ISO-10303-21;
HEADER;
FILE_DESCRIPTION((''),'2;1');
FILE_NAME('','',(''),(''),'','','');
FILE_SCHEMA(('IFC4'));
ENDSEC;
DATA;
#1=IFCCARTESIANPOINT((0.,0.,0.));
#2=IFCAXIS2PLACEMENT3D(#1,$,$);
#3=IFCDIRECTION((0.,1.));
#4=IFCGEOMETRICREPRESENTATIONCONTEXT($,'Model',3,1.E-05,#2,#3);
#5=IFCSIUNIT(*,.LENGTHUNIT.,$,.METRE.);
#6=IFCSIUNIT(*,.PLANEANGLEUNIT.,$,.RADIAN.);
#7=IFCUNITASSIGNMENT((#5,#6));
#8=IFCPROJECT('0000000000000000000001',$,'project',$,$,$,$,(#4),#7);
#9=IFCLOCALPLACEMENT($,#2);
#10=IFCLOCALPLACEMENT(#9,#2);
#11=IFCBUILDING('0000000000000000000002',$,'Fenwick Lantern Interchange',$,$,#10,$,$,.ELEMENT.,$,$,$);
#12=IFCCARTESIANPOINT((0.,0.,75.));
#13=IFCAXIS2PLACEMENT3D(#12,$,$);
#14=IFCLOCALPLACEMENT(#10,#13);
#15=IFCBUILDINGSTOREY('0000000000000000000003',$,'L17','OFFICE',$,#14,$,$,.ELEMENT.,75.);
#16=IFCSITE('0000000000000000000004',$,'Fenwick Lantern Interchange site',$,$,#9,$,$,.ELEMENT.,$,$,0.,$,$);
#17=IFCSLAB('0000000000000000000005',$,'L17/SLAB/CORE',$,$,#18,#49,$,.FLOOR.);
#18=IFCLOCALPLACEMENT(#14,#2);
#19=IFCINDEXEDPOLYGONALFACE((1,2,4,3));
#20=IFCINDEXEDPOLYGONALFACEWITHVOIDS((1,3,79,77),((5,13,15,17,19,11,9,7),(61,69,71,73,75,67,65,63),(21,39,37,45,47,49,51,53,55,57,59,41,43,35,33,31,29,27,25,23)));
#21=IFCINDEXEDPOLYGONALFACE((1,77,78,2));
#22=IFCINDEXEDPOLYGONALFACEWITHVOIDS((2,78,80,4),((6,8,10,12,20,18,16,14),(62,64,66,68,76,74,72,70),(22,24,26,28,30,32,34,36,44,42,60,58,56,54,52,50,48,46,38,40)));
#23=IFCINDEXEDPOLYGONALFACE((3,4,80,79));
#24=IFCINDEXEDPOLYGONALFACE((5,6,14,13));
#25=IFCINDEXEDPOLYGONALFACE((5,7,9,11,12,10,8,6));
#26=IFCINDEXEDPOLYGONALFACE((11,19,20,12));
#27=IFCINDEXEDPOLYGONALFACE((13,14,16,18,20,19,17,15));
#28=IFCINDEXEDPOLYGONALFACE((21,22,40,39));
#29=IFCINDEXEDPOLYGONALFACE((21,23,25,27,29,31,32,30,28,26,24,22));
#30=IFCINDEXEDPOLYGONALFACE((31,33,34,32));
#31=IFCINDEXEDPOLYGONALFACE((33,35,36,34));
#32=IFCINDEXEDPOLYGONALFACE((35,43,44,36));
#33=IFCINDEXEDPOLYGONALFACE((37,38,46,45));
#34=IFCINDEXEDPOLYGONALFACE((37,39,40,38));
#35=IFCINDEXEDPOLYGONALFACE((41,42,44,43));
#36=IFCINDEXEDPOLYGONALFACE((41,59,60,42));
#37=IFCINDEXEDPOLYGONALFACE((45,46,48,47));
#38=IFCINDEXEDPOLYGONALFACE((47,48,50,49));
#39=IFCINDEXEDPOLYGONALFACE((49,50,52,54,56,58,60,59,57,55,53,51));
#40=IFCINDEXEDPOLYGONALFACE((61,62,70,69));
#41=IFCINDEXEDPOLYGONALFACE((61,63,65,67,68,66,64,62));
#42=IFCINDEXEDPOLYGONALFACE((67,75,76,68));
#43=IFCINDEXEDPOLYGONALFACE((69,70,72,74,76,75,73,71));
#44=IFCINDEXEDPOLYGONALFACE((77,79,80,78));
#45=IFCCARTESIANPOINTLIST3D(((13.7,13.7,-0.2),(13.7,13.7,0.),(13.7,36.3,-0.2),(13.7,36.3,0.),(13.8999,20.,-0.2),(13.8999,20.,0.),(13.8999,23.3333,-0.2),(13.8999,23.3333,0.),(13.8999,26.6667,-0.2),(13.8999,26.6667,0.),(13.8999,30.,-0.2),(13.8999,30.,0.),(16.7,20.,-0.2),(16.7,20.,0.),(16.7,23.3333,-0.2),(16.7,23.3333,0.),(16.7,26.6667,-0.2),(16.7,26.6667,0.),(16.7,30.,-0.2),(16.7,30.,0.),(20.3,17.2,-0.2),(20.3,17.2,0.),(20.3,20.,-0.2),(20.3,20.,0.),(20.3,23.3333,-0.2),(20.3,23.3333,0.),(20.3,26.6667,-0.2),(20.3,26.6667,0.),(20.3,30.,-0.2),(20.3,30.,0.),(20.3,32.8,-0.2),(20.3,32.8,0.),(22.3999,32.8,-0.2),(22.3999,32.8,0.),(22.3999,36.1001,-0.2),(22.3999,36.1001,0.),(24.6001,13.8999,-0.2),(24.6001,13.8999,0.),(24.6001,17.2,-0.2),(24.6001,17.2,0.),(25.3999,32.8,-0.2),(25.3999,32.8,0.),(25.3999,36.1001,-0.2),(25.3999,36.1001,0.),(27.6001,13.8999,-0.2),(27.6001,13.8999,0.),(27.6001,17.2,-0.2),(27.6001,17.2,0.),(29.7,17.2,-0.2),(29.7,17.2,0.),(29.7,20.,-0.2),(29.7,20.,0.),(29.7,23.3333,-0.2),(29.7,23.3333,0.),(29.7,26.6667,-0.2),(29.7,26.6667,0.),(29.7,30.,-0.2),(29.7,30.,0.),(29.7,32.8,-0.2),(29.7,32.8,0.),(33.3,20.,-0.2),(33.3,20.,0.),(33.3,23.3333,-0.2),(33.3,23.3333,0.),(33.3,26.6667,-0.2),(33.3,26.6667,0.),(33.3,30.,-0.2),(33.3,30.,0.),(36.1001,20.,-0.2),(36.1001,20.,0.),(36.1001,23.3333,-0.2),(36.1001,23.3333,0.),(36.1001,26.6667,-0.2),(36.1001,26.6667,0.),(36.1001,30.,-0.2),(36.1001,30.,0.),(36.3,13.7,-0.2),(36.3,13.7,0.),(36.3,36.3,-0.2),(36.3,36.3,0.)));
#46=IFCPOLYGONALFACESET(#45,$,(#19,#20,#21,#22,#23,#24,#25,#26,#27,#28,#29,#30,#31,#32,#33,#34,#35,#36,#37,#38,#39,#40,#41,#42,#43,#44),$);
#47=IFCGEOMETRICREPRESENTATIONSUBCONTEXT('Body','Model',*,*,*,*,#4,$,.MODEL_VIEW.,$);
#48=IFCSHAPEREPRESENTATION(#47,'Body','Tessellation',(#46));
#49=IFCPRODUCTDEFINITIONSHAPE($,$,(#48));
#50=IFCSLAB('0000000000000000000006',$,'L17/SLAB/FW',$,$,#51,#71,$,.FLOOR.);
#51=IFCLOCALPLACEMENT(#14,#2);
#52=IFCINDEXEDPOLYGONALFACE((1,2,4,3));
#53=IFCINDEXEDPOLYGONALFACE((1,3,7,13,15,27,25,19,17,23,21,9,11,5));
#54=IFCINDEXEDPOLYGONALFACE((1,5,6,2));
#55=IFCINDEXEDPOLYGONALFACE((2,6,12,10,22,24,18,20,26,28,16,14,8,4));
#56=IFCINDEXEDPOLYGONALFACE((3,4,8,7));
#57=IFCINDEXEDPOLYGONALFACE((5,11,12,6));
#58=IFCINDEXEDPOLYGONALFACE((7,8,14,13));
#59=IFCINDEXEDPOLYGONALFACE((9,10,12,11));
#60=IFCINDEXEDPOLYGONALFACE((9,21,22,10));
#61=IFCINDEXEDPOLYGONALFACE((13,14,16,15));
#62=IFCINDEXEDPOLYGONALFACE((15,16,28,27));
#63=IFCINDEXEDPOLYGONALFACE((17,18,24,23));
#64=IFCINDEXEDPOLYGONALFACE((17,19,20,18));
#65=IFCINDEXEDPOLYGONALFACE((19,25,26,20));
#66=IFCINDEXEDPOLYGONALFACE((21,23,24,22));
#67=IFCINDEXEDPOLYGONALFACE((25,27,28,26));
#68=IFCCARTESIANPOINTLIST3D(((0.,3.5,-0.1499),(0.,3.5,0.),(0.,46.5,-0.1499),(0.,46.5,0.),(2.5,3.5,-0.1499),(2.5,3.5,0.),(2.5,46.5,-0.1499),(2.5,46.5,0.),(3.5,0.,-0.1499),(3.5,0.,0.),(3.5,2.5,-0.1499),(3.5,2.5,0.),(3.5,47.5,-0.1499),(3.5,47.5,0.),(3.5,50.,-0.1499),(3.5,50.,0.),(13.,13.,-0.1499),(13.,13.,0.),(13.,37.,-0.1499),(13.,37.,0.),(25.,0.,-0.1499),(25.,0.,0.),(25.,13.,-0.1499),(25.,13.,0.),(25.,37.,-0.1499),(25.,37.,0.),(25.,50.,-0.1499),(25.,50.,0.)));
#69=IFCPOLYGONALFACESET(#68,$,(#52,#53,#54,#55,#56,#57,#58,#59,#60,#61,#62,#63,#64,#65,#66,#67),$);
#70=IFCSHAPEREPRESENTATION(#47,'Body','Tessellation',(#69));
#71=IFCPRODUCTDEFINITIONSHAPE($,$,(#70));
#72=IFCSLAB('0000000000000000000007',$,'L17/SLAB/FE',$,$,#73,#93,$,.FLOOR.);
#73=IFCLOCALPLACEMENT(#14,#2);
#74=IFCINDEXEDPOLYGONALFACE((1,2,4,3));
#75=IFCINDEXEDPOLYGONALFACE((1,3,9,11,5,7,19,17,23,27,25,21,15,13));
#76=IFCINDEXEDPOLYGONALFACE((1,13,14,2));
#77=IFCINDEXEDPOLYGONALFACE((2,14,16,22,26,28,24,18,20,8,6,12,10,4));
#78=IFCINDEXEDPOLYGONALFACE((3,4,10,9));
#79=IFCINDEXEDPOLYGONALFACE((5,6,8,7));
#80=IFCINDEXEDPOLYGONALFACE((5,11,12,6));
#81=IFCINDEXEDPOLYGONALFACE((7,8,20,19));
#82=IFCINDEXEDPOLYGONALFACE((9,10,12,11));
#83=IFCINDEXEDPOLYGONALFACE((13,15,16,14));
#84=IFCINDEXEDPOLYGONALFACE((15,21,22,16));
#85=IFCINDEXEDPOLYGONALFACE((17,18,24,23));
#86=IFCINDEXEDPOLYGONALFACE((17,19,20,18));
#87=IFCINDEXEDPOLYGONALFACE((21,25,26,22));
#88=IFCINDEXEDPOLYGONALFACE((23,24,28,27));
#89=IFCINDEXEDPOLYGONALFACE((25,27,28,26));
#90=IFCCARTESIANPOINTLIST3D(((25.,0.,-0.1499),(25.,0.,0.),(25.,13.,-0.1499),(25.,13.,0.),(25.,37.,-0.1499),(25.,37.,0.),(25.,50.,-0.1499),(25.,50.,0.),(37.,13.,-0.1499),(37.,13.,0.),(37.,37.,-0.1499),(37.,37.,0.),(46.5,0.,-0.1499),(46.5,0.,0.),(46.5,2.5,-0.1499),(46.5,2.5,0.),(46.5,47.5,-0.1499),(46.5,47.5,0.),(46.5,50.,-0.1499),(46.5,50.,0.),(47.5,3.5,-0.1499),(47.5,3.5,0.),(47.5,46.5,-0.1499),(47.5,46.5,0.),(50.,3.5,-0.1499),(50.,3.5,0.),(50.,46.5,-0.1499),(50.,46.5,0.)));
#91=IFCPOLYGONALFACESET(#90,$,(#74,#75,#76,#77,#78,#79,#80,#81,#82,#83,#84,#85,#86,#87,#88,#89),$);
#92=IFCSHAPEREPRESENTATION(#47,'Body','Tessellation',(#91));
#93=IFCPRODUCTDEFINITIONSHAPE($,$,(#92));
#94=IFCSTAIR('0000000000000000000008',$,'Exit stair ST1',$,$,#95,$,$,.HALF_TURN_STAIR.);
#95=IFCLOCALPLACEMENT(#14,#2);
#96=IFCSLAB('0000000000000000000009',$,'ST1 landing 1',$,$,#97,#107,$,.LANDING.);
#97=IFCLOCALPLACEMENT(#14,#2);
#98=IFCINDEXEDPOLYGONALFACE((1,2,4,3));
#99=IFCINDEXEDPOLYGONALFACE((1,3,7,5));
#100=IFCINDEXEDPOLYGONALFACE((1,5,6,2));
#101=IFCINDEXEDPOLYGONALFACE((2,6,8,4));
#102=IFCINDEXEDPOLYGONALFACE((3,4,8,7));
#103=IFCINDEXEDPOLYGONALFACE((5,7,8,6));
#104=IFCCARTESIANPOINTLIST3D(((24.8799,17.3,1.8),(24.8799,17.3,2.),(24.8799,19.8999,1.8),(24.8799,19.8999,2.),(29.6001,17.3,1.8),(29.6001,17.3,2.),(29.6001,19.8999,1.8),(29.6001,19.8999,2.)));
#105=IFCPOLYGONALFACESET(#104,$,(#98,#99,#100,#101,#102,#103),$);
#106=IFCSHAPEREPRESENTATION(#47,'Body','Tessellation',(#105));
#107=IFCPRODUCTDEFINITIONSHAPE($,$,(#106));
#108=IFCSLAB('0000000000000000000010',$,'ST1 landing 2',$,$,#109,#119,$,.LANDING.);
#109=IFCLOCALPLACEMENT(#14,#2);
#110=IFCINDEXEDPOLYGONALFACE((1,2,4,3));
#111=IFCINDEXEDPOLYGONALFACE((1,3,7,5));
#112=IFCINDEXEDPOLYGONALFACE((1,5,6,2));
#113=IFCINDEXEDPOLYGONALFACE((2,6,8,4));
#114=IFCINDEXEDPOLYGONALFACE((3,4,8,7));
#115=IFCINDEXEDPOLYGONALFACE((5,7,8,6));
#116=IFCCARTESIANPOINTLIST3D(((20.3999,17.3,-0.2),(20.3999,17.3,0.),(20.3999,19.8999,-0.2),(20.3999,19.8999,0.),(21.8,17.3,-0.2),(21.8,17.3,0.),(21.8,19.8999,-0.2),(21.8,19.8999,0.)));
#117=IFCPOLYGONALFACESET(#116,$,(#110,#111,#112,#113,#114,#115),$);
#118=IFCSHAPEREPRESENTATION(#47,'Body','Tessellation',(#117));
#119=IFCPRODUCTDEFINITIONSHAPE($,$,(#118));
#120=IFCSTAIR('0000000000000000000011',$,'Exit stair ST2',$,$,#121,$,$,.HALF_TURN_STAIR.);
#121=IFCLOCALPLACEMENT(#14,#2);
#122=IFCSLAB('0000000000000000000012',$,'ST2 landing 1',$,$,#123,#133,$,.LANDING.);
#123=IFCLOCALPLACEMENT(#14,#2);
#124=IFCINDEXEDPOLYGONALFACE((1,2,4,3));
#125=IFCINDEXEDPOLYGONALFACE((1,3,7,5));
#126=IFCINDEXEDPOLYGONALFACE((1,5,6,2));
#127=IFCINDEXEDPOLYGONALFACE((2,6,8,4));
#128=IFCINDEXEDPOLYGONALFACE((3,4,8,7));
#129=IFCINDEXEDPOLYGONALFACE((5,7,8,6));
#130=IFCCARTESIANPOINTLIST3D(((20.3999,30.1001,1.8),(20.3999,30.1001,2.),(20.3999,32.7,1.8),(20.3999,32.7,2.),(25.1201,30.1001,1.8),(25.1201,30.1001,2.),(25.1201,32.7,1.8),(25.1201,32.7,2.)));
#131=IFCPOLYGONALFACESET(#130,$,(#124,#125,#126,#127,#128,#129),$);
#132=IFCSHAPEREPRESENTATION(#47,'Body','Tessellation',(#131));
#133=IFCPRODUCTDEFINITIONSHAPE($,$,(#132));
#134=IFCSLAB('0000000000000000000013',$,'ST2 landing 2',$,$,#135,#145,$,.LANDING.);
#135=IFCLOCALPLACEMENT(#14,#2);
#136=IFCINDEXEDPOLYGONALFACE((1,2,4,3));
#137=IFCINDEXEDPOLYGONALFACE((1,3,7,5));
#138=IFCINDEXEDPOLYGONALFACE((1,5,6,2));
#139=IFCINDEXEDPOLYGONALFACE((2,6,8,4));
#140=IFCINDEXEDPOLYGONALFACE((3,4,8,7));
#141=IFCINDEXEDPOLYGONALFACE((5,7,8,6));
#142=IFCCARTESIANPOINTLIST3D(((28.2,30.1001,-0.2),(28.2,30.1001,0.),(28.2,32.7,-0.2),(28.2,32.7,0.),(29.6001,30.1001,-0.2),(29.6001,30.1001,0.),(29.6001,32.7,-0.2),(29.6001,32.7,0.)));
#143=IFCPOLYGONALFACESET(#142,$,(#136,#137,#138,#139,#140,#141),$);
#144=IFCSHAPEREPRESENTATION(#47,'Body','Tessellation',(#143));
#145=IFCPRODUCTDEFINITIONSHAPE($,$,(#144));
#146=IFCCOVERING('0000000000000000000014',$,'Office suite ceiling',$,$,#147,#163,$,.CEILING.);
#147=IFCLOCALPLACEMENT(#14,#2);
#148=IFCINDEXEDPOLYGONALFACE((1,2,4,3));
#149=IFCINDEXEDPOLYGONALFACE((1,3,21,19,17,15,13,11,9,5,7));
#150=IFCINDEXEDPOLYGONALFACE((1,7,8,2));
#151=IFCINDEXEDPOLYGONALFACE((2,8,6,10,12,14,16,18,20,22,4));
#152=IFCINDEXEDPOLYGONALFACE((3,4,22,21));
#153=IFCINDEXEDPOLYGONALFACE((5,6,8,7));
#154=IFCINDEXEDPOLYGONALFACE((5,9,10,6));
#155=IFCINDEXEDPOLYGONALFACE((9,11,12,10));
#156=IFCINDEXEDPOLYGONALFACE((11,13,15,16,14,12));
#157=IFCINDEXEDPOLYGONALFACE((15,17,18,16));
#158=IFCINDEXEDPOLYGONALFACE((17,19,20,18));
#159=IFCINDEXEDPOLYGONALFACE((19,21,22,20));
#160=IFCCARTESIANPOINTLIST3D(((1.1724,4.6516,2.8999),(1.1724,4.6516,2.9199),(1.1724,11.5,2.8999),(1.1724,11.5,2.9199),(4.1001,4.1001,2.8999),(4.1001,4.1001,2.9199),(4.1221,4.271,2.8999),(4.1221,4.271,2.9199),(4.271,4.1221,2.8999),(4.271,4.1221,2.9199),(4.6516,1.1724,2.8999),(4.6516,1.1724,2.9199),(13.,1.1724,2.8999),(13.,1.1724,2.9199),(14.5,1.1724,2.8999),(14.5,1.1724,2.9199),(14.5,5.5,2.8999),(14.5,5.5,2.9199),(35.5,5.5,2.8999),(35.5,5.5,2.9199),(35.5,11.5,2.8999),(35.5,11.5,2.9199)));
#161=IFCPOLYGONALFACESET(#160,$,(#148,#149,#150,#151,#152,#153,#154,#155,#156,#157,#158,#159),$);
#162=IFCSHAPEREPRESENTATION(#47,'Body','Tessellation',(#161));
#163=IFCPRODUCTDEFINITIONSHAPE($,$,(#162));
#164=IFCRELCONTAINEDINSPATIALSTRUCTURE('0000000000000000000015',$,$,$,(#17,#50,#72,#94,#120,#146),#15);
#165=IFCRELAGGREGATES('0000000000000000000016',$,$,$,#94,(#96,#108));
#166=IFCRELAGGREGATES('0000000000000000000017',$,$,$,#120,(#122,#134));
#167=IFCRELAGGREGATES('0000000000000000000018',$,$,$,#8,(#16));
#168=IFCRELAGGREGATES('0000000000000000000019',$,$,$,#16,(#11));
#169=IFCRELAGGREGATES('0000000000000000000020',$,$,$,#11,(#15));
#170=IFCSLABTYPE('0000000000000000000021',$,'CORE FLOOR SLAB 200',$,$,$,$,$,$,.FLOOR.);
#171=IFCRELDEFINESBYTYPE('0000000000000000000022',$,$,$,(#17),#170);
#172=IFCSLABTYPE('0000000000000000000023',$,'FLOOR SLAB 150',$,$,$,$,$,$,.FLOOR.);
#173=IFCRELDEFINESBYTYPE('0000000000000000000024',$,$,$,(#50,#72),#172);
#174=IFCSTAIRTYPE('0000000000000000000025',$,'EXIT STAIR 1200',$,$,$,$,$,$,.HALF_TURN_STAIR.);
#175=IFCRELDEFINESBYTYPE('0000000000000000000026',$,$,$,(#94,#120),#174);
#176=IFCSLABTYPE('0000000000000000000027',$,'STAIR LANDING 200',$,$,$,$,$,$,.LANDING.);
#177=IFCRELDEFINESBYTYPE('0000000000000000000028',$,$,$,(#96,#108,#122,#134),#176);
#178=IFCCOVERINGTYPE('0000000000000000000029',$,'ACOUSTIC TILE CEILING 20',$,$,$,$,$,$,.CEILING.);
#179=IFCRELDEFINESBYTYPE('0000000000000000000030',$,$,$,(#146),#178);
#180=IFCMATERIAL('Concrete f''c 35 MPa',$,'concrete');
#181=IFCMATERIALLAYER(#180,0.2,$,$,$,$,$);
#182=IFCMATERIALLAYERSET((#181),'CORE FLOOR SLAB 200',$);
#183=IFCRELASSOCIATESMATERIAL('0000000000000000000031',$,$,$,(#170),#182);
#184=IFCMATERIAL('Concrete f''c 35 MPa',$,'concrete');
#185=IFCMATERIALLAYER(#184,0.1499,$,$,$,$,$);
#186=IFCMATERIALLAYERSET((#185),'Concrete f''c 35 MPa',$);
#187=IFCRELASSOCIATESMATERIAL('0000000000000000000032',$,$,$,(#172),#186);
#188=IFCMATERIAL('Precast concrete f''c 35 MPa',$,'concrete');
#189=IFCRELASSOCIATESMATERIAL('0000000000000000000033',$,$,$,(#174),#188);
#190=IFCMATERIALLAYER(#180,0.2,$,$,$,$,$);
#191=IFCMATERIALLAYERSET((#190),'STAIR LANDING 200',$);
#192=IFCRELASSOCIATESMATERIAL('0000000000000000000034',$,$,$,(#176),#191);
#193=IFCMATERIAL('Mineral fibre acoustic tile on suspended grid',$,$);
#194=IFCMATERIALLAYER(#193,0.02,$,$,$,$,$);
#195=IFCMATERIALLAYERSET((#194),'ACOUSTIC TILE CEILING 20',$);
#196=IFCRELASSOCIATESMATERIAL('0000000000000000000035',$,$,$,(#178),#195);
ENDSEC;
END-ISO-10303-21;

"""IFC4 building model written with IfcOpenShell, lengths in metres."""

from ifc_helpers import new_model, si_unit, direction, frame, origin, place, context, subcontext, project, spatial, polyline, outline, extrude, material, layer, layer_set, type_object, element, aggregate, save


model = new_model("IFC4")

# Units and contexts
model_context = context("Model", 3, precision=1e-05, world=origin(), true_north=direction((0.0, 1.0)))
body_context = subcontext(model_context, "Body", "Model", "MODEL_VIEW")
ifc_project = project(units=[si_unit("LENGTHUNIT", "METRE"), si_unit("PLANEANGLEUNIT", "RADIAN")], contexts=[model_context])

# Site, building, storey
site_placement = place(None, origin())
site = spatial("IfcSite", under=ifc_project, at=site_placement, Name="Fenwick Lantern Interchange site", CompositionType="ELEMENT", RefElevation=0.0)
building_placement = place(site_placement, origin())
building = spatial("IfcBuilding", under=site, at=building_placement, Name="Fenwick Lantern Interchange", CompositionType="ELEMENT")
storey_placement = place(building_placement, frame((0.0, 0.0, 75.0)))
storey = spatial("IfcBuildingStorey", under=building, at=storey_placement, Name="L17", Description="OFFICE", CompositionType="ELEMENT", Elevation=75.0)

# Slabs
ifc_material_1 = material(Name="Concrete f'c 35 MPa", Category="concrete")
ifc_layer_1 = layer(ifc_material_1, 0.2)
ifc_layer_set_1 = layer_set([ifc_layer_1], Name="CORE FLOOR SLAB 200")
slab_type_1 = type_object("IfcSlabType", Name="CORE FLOOR SLAB 200", PredefinedType="FLOOR", material=ifc_layer_set_1)
slab_1_placement = place(storey_placement, frame((0.0, 0.0, -0.2)))
element("IfcSlab", 1, at=slab_1_placement, inside=storey, type_object=slab_type_1, Name="L17/SLAB/CORE", PredefinedType="FLOOR", context=body_context, shape_type="SweptSolid", body=[
    extrude(outline(polyline([(13.7, 36.3), (36.3, 36.3), (36.3, 13.7), (13.7, 13.7), (13.7, 36.3)]), holes=[polyline([(13.8999, 20.0), (16.7, 20.0), (16.7, 23.3333), (16.7, 26.6667), (16.7, 30.0), (13.8999, 30.0), (13.8999, 26.6667), (13.8999, 23.3333), (13.8999, 20.0)]), polyline([(20.3, 20.0), (20.3, 17.2), (24.6001, 17.2), (24.6001, 13.8999), (27.6001, 13.8999), (27.6001, 17.2), (29.7, 17.2), (29.7, 20.0), (29.7, 23.3333), (29.7, 26.6667), (29.7, 30.0), (29.7, 32.8), (25.3999, 32.8), (25.3999, 36.1001), (22.3999, 36.1001), (22.3999, 32.8), (20.3, 32.8), (20.3, 30.0), (20.3, 26.6667), (20.3, 23.3333), (20.3, 20.0)]), polyline([(33.3, 23.3333), (33.3, 20.0), (36.1001, 20.0), (36.1001, 23.3333), (36.1001, 26.6667), (36.1001, 30.0), (33.3, 30.0), (33.3, 26.6667), (33.3, 23.3333)])]), origin(), (0.0, 0.0, 1.0), 0.2),
])
ifc_material_2 = material(Name="Concrete f'c 35 MPa", Category="concrete")
ifc_layer_2 = layer(ifc_material_2, 0.1499)
ifc_layer_set_2 = layer_set([ifc_layer_2], Name="Concrete f'c 35 MPa")
slab_type_2 = type_object("IfcSlabType", Name="FLOOR SLAB 150", PredefinedType="FLOOR", material=ifc_layer_set_2)
slab_2_placement = place(storey_placement, frame((0.0, 0.0, -0.1499)))
element("IfcSlab", 2, at=slab_2_placement, inside=storey, type_object=slab_type_2, Name="L17/SLAB/FW", PredefinedType="FLOOR", context=body_context, shape_type="SweptSolid", body=[
    extrude(outline(polyline([(3.5, 0.0), (3.5, 2.5), (2.5, 3.5), (0.0, 3.5), (0.0, 46.5), (2.5, 46.5), (3.5, 47.5), (3.5, 50.0), (25.0, 50.0), (25.0, 37.0), (13.0, 37.0), (13.0, 13.0), (25.0, 13.0), (25.0, 0.0), (3.5, 0.0)])), origin(), (0.0, 0.0, 1.0), 0.1499),
])
slab_3_placement = place(storey_placement, frame((0.0, 0.0, -0.1499)))
element("IfcSlab", 3, at=slab_3_placement, inside=storey, type_object=slab_type_2, Name="L17/SLAB/FE", PredefinedType="FLOOR", context=body_context, shape_type="SweptSolid", body=[
    extrude(outline(polyline([(46.5, 50.0), (46.5, 47.5), (47.5, 46.5), (50.0, 46.5), (50.0, 3.5), (47.5, 3.5), (46.5, 2.5), (46.5, 0.0), (25.0, 0.0), (25.0, 13.0), (37.0, 13.0), (37.0, 37.0), (25.0, 37.0), (25.0, 50.0), (46.5, 50.0)])), origin(), (0.0, 0.0, 1.0), 0.1499),
])

# Stairs, slabs
ifc_material_3 = material(Name="Precast concrete f'c 35 MPa", Category="concrete")
stair_type = type_object("IfcStairType", Name="EXIT STAIR 1200", PredefinedType="HALF_TURN_STAIR", material=ifc_material_3)
stair_1_placement = place(storey_placement, origin())
stair_1 = element("IfcStair", 4, at=stair_1_placement, inside=storey, type_object=stair_type, Name="Exit stair ST1", PredefinedType="HALF_TURN_STAIR")
ifc_layer_3 = layer(ifc_material_1, 0.2)
ifc_layer_set_3 = layer_set([ifc_layer_3], Name="STAIR LANDING 200")
slab_type_3 = type_object("IfcSlabType", Name="STAIR LANDING 200", PredefinedType="LANDING", material=ifc_layer_set_3)
slab_4_placement = place(storey_placement, frame((0.0, 0.0, 1.8)))
slab_4 = element("IfcSlab", 5, at=slab_4_placement, type_object=slab_type_3, Name="ST1 landing 1", PredefinedType="LANDING", context=body_context, shape_type="SweptSolid", body=[
    extrude(outline(polyline([(24.8799, 17.3), (29.6001, 17.3), (29.6001, 19.8999), (24.8799, 19.8999), (24.8799, 17.3)])), origin(), (0.0, 0.0, 1.0), 0.2),
])
slab_5_placement = place(storey_placement, frame((0.0, 0.0, -0.2)))
slab_5 = element("IfcSlab", 6, at=slab_5_placement, type_object=slab_type_3, Name="ST1 landing 2", PredefinedType="LANDING", context=body_context, shape_type="SweptSolid", body=[
    extrude(outline(polyline([(20.3999, 17.3), (21.8, 17.3), (21.8, 19.8999), (20.3999, 19.8999), (20.3999, 17.3)])), origin(), (0.0, 0.0, 1.0), 0.2),
])
aggregate(stair_1, [slab_4, slab_5])
stair_2_placement = place(storey_placement, origin())
stair_2 = element("IfcStair", 7, at=stair_2_placement, inside=storey, type_object=stair_type, Name="Exit stair ST2", PredefinedType="HALF_TURN_STAIR")
slab_6_placement = place(storey_placement, frame((0.0, 0.0, 1.8)))
slab_6 = element("IfcSlab", 8, at=slab_6_placement, type_object=slab_type_3, Name="ST2 landing 1", PredefinedType="LANDING", context=body_context, shape_type="SweptSolid", body=[
    extrude(outline(polyline([(25.1201, 32.7), (20.3999, 32.7), (20.3999, 30.1001), (25.1201, 30.1001), (25.1201, 32.7)])), origin(), (0.0, 0.0, 1.0), 0.2),
])
slab_7_placement = place(storey_placement, frame((0.0, 0.0, -0.2)))
slab_7 = element("IfcSlab", 9, at=slab_7_placement, type_object=slab_type_3, Name="ST2 landing 2", PredefinedType="LANDING", context=body_context, shape_type="SweptSolid", body=[
    extrude(outline(polyline([(29.6001, 32.7), (28.2, 32.7), (28.2, 30.1001), (29.6001, 30.1001), (29.6001, 32.7)])), origin(), (0.0, 0.0, 1.0), 0.2),
])
aggregate(stair_2, [slab_6, slab_7])

# Covering
ifc_material_4 = material(Name="Mineral fibre acoustic tile on suspended grid")
ifc_layer_4 = layer(ifc_material_4, 0.02)
ifc_layer_set_4 = layer_set([ifc_layer_4], Name="ACOUSTIC TILE CEILING 20")
covering_type_1 = type_object("IfcCoveringType", Name="ACOUSTIC TILE CEILING 20", PredefinedType="CEILING", material=ifc_layer_set_4)
covering_1_placement = place(storey_placement, frame((0.0, 0.0, 2.8999)))
element("IfcCovering", 10, at=covering_1_placement, inside=storey, type_object=covering_type_1, Name="Office suite ceiling", PredefinedType="CEILING", context=body_context, shape_type="SweptSolid", body=[
    extrude(outline(polyline([(35.5, 11.5), (1.1724, 11.5), (1.1724, 4.6516), (4.1221, 4.271), (4.1001, 4.1001), (4.271, 4.1221), (4.6516, 1.1724), (13.0, 1.1724), (14.5, 1.1724), (14.5, 5.5), (35.5, 5.5), (35.5, 11.5)])), origin(), (0.0, 0.0, 1.0), 0.02),
])

save(model, "model.ifc")
